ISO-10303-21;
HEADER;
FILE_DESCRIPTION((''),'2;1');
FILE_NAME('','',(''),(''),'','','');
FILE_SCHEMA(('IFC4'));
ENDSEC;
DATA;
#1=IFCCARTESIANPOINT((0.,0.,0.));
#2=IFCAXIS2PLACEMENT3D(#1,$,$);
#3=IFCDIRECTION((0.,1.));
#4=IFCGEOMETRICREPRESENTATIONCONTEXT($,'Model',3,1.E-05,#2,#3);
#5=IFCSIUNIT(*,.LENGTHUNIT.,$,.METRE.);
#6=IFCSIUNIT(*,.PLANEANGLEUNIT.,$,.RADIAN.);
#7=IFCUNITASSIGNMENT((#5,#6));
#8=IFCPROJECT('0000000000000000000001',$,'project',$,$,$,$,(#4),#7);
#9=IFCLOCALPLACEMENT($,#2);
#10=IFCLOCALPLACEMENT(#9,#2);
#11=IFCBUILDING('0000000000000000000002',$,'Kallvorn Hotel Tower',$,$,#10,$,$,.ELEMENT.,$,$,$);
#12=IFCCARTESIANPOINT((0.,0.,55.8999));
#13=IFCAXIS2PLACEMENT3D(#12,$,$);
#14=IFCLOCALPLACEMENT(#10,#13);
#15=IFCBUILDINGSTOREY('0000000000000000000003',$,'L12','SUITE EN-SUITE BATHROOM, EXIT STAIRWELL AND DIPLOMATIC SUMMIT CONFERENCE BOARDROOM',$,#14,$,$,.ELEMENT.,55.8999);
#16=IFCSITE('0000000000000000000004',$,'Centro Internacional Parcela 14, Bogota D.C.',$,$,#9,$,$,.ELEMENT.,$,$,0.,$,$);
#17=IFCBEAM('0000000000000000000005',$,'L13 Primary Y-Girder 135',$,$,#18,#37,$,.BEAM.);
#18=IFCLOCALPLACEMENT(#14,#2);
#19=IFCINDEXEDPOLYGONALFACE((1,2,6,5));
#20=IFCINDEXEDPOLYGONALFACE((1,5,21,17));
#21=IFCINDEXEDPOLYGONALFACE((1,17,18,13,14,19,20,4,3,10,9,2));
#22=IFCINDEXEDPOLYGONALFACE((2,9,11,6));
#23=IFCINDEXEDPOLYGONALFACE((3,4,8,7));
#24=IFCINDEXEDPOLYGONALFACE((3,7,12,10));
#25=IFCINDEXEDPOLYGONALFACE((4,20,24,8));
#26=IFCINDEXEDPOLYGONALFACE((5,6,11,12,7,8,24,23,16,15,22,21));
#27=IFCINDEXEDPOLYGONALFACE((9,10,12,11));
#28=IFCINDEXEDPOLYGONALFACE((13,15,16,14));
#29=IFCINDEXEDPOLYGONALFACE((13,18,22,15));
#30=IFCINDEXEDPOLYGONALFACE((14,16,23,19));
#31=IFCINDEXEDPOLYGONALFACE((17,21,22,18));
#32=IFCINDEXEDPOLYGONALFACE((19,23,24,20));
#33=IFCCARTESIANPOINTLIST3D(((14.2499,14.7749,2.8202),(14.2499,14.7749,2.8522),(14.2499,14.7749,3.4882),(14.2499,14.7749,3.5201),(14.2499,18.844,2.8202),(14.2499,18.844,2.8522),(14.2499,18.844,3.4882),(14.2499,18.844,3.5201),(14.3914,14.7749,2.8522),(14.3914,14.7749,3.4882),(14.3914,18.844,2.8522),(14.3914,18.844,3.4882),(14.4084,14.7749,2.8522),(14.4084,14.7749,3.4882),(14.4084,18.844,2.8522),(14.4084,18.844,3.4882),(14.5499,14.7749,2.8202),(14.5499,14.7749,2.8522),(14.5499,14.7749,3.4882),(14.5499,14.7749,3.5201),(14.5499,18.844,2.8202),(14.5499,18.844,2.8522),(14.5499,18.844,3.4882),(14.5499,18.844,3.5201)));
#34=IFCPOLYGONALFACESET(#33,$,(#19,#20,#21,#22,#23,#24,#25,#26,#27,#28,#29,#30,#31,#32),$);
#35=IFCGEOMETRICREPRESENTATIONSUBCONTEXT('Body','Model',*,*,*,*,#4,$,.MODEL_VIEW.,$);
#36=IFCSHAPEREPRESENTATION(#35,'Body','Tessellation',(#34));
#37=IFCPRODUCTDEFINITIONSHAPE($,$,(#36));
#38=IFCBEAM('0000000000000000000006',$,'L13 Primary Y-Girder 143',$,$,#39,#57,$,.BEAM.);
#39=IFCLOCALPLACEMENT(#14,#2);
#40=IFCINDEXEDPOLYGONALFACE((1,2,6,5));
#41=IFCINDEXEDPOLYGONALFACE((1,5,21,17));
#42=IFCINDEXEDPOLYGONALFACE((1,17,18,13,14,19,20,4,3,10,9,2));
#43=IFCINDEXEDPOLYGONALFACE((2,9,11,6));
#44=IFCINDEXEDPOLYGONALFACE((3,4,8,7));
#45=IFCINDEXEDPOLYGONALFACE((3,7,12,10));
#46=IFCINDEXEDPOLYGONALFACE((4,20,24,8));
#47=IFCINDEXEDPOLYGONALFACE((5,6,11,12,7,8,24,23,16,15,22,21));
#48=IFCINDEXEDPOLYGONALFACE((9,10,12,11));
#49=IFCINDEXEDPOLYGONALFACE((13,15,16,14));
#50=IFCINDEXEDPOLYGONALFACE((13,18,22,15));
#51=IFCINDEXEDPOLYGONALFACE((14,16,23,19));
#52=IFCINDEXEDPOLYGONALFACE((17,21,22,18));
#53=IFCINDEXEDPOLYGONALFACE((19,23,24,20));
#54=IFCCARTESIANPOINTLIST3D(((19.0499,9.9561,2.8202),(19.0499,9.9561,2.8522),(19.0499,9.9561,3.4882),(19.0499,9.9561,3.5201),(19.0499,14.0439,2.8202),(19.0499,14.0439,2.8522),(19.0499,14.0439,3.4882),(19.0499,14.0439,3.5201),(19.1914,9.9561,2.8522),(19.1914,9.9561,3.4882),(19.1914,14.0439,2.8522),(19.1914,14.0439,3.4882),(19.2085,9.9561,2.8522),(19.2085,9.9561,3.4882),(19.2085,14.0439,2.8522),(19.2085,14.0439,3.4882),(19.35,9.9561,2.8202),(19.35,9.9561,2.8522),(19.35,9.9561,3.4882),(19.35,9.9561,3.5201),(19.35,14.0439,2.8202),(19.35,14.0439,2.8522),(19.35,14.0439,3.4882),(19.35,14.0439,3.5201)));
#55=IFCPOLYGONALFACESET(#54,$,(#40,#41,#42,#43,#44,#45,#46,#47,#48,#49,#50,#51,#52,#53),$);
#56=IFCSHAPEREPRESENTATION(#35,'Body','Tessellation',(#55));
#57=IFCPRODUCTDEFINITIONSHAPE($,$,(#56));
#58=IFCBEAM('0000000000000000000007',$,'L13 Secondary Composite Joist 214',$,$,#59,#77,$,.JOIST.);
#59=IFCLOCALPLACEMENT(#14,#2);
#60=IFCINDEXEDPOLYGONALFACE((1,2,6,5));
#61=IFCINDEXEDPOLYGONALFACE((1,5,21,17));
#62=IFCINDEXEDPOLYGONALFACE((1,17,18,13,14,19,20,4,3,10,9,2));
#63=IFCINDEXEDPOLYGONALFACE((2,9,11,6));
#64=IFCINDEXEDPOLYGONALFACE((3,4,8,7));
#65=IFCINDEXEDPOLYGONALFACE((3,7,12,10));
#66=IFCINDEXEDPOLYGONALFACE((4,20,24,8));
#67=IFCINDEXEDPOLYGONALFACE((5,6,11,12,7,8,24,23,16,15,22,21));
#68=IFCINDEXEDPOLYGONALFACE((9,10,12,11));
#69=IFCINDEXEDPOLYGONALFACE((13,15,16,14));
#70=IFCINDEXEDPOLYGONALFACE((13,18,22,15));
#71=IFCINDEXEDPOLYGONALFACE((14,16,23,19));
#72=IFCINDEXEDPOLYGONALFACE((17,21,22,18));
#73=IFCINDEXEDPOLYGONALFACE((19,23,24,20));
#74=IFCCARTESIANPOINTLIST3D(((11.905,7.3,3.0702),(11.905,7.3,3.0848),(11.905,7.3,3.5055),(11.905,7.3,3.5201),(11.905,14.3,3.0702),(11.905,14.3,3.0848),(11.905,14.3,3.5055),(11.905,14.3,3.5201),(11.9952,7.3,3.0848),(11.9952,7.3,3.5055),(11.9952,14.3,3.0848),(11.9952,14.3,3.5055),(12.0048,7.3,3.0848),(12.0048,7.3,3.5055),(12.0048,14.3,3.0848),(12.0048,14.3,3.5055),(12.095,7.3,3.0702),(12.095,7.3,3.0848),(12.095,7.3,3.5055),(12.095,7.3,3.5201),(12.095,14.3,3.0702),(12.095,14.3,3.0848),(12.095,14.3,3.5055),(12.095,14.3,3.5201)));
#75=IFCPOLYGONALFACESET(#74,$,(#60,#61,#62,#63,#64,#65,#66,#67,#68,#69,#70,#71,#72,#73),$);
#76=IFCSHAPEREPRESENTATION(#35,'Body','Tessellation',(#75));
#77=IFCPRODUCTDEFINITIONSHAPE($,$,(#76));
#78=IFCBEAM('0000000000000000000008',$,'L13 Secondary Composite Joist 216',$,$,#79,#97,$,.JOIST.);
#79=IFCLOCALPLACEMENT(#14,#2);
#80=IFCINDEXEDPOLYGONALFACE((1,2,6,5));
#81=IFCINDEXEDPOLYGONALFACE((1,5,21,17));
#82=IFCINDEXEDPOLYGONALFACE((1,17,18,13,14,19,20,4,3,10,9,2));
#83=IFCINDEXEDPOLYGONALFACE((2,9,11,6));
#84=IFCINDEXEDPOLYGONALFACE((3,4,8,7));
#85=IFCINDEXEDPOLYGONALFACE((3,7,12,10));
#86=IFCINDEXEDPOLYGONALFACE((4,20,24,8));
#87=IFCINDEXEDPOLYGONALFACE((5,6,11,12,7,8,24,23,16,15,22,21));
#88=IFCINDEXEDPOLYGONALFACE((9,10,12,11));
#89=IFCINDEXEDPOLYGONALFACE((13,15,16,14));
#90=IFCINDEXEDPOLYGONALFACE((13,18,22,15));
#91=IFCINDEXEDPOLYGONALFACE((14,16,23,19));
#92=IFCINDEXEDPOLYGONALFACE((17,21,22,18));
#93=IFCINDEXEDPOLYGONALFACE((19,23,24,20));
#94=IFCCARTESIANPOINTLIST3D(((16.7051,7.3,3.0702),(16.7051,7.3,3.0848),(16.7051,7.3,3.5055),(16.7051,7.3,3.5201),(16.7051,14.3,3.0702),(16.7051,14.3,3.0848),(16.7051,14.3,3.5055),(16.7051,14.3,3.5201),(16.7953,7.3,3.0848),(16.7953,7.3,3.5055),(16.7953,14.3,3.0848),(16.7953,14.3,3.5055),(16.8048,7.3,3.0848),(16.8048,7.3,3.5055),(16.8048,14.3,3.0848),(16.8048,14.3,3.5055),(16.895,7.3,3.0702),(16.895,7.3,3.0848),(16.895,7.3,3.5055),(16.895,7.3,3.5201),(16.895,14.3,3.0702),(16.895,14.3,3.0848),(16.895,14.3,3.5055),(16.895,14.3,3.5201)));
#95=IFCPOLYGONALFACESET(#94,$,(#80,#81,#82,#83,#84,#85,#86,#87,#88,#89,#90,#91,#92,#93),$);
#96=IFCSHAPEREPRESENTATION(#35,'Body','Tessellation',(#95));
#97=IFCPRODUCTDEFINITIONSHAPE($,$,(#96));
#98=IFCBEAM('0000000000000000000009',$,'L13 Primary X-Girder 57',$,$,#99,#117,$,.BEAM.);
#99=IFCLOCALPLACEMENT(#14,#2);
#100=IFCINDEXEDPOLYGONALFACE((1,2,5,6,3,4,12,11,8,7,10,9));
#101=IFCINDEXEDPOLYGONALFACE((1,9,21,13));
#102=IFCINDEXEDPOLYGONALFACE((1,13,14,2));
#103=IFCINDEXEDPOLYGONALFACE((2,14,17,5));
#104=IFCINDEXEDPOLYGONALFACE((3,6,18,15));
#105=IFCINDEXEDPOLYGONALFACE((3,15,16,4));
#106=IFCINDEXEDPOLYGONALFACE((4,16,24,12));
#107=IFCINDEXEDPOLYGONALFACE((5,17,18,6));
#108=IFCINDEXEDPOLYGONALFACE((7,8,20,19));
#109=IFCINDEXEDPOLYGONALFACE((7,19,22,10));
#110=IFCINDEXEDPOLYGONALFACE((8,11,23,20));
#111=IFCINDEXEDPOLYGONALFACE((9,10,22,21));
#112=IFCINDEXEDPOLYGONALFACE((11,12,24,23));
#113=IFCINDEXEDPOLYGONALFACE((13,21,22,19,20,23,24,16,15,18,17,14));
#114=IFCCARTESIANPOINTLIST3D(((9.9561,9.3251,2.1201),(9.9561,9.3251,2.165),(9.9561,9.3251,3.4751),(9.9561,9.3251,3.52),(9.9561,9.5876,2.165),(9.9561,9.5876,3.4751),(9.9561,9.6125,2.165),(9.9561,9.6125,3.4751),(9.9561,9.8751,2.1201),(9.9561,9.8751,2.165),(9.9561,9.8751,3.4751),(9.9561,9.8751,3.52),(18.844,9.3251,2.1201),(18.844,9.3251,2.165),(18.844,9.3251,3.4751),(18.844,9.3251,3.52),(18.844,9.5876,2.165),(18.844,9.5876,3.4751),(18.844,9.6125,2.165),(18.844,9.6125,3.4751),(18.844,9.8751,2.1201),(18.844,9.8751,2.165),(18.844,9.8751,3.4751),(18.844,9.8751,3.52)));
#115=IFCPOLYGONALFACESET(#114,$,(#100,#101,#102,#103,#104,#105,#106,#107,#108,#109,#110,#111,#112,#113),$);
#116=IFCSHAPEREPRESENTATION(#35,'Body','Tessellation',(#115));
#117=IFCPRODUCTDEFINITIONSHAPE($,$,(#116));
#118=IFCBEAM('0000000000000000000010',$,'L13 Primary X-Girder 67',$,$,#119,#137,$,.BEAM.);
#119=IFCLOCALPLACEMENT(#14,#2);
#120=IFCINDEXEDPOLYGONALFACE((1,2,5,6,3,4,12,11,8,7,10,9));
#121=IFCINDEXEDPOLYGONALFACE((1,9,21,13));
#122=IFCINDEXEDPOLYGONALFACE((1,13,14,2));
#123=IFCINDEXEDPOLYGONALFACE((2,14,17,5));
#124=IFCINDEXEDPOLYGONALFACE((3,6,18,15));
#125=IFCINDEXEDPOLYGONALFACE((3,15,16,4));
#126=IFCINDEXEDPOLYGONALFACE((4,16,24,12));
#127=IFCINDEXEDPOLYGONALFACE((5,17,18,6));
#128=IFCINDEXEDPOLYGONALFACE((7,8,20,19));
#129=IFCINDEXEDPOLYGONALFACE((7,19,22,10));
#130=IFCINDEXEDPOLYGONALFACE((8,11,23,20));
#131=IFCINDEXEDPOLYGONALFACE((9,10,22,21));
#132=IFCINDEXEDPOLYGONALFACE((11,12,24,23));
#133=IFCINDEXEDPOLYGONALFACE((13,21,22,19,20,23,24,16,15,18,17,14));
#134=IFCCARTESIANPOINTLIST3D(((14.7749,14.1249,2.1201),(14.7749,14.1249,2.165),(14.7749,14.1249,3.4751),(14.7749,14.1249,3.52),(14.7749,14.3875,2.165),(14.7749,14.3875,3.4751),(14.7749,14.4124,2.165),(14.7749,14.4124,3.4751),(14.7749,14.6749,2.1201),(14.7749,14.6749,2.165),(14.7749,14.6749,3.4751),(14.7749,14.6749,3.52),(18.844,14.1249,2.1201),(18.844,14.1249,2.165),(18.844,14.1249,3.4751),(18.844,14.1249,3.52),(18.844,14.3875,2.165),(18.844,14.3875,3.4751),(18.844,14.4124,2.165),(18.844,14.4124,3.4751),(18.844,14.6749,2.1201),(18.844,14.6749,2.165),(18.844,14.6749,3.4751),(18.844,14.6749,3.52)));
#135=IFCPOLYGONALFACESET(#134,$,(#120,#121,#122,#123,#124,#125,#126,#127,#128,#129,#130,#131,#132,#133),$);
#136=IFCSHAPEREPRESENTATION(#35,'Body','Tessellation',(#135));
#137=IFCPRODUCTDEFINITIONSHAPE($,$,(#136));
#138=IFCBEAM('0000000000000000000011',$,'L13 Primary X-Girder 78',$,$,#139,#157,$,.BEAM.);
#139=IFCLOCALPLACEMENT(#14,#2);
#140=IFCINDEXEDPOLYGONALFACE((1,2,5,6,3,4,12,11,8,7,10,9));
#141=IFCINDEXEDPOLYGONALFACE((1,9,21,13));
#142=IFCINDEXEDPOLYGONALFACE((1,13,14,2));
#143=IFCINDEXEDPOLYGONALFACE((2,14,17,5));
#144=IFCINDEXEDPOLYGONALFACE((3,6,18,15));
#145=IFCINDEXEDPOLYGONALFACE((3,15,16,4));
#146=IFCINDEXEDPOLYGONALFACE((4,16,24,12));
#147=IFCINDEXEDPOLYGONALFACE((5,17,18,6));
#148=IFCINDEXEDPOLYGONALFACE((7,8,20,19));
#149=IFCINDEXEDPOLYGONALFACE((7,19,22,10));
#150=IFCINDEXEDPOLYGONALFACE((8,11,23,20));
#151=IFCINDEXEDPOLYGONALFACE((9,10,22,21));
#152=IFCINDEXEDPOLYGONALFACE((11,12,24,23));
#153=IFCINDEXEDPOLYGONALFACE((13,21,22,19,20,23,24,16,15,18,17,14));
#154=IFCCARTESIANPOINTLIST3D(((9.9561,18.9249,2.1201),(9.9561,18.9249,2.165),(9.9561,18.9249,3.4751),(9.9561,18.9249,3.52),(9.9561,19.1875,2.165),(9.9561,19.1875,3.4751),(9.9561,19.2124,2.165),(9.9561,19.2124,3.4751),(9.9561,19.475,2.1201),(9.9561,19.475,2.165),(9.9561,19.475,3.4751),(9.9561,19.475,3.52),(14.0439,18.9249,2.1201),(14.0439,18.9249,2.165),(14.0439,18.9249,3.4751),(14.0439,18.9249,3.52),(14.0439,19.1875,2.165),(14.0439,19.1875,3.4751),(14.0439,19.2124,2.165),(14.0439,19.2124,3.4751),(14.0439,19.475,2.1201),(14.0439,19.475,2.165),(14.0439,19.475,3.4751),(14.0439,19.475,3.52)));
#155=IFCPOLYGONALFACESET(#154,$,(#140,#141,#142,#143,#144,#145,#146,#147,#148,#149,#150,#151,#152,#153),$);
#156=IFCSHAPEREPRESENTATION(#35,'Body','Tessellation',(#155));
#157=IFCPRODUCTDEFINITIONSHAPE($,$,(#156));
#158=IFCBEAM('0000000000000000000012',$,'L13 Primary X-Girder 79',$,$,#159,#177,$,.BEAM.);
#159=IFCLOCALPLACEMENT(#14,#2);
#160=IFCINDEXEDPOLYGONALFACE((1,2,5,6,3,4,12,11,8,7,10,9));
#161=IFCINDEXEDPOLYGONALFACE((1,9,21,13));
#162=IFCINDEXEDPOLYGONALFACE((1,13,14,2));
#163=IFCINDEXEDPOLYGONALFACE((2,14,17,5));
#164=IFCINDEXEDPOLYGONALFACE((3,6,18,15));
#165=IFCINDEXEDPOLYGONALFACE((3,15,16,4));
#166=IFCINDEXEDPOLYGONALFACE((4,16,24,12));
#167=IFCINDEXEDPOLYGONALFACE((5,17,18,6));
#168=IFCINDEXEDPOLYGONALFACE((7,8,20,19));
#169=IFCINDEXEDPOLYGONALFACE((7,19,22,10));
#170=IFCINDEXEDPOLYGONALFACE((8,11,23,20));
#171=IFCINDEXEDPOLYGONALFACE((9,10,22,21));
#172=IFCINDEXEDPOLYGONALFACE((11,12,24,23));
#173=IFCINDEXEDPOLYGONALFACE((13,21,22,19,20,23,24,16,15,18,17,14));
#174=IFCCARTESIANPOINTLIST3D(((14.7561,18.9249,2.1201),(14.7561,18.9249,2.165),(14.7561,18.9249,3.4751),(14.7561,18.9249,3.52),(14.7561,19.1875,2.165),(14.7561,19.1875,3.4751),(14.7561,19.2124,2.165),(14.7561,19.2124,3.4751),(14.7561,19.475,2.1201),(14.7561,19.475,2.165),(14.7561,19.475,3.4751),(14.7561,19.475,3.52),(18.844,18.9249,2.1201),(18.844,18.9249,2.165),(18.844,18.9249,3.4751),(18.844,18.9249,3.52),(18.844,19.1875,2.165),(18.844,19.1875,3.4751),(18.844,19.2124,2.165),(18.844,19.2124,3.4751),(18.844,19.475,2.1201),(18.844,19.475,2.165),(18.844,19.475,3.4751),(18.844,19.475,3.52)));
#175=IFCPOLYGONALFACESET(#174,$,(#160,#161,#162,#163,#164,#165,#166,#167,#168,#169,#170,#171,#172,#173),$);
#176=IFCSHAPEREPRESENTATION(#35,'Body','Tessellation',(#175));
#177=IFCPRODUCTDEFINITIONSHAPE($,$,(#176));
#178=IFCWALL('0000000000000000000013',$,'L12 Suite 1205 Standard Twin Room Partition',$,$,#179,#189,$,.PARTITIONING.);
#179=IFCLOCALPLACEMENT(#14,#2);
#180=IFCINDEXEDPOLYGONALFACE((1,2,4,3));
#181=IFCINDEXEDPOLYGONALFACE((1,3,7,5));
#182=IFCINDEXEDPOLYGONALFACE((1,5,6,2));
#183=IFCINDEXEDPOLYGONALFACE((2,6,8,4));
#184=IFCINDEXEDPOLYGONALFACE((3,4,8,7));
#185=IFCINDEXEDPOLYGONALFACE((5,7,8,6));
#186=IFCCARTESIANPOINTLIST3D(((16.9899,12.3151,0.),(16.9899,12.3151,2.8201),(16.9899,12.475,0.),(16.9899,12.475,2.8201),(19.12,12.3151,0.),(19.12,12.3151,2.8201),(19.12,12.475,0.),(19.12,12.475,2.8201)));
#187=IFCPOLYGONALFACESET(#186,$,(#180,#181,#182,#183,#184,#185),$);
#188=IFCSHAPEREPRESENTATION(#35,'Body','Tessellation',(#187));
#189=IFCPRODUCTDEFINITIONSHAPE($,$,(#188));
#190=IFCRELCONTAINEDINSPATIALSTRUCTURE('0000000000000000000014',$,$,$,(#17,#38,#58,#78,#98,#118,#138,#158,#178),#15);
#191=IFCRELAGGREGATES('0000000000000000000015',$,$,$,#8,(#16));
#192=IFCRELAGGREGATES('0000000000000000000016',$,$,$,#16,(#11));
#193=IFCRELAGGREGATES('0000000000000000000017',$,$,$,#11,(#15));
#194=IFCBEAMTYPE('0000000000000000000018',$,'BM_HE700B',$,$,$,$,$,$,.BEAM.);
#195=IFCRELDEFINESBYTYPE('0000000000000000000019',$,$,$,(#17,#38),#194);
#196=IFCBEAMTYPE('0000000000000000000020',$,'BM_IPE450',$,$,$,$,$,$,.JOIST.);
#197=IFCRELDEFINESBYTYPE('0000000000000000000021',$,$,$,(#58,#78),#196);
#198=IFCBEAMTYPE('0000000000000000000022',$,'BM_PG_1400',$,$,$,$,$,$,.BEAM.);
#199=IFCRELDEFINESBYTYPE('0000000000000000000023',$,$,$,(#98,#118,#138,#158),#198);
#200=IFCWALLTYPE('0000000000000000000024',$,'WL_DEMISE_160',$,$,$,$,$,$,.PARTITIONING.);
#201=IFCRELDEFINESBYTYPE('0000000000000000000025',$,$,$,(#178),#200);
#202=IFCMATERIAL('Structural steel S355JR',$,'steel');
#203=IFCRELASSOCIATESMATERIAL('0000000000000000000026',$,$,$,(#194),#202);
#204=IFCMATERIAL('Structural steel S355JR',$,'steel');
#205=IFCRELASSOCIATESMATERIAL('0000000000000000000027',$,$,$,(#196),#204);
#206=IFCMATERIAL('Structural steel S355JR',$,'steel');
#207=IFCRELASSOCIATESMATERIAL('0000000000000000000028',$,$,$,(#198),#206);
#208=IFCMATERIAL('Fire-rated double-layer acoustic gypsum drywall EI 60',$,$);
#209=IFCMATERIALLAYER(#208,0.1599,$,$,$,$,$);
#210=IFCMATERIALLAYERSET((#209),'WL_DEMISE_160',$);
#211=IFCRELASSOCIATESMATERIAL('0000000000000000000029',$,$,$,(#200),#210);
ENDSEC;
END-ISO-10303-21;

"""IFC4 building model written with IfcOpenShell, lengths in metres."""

from ifc_helpers import new_model, si_unit, direction, frame, frame_2d, origin, origin_2d, place, context, subcontext, project, spatial, rectangle, i_section, extrude, material, layer, layer_set, material_profile, profile_set, type_object, element, save


model = new_model("IFC4")

# Units and contexts
model_context = context("Model", 3, precision=1e-05, world=origin(), true_north=direction((0.0, 1.0)))
body_context = subcontext(model_context, "Body", "Model", "MODEL_VIEW")
ifc_project = project(units=[si_unit("LENGTHUNIT", "METRE"), si_unit("PLANEANGLEUNIT", "RADIAN")], contexts=[model_context])

# Site, building, storey
site_placement = place(None, origin())
site = spatial("IfcSite", under=ifc_project, at=site_placement, Name="Centro Internacional Parcela 14, Bogota D.C.", CompositionType="ELEMENT", RefElevation=0.0)
building_placement = place(site_placement, origin())
building = spatial("IfcBuilding", under=site, at=building_placement, Name="Kallvorn Hotel Tower", CompositionType="ELEMENT")
storey_placement = place(building_placement, frame((0.0, 0.0, 55.8999)))
storey = spatial("IfcBuildingStorey", under=building, at=storey_placement, Name="L12", Description="SUITE EN-SUITE BATHROOM, EXIT STAIRWELL AND DIPLOMATIC SUMMIT CONFERENCE BOARDROOM", CompositionType="ELEMENT", Elevation=55.8999)

# Beams
ifc_material_1 = material(Name="Structural steel S355JR", Category="steel")
ifc_material_profile_1 = material_profile(ifc_material_1, i_section(OverallWidth=0.3, OverallDepth=0.7, WebThickness=0.0171, FlangeThickness=0.032, at=origin_2d()), Name="HE 700 B")
ifc_profile_set_1 = profile_set([ifc_material_profile_1], Name="Structural steel S355JR")
beam_type_1 = type_object("IfcBeamType", Name="BM_HE700B", PredefinedType="BEAM", material=ifc_profile_set_1)
beam_1_placement = place(storey_placement, frame((14.3999, 14.7749, 3.1702), z_axis=(0.0, 1.0, 0.0), x_axis=(-1.0, 0.0, 0.0)))
element("IfcBeam", 1, at=beam_1_placement, inside=storey, type_object=beam_type_1, Name="L13 Primary Y-Girder 135", PredefinedType="BEAM", context=body_context, shape_type="SweptSolid", body=[
    extrude(i_section(OverallWidth=0.3, OverallDepth=0.7, WebThickness=0.0171, FlangeThickness=0.032, at=origin_2d()), origin(), (0.0, 0.0, 1.0), 4.0691),
])
beam_2_placement = place(storey_placement, frame((19.2, 9.9561, 3.1702), z_axis=(0.0, 1.0, 0.0), x_axis=(-1.0, 0.0, 0.0)))
element("IfcBeam", 2, at=beam_2_placement, inside=storey, type_object=beam_type_1, Name="L13 Primary Y-Girder 143", PredefinedType="BEAM", context=body_context, shape_type="SweptSolid", body=[
    extrude(i_section(OverallWidth=0.3, OverallDepth=0.7, WebThickness=0.0171, FlangeThickness=0.032, at=origin_2d()), origin(), (0.0, 0.0, 1.0), 4.0879),
])
ifc_material_2 = material(Name="Structural steel S355JR", Category="steel")
ifc_material_profile_2 = material_profile(ifc_material_2, i_section(OverallWidth=0.1899, OverallDepth=0.45, WebThickness=0.0095, FlangeThickness=0.0146, at=origin_2d()), Name="IPE 450")
ifc_profile_set_2 = profile_set([ifc_material_profile_2], Name="Structural steel S355JR")
beam_type_2 = type_object("IfcBeamType", Name="BM_IPE450", PredefinedType="JOIST", material=ifc_profile_set_2)
for number, where, z_axis, x_axis, name in (
    (3, (12.0, 7.3, 3.2952), (0.0, 1.0, 0.0), (-1.0, 0.0, 0.0), "L13 Secondary Composite Joist 214"),
    (4, (16.8, 7.3, 3.2952), (0.0, 1.0, 0.0), (-1.0, 0.0, 0.0), "L13 Secondary Composite Joist 216"),
):
    element("IfcBeam", number, at=place(storey_placement, frame(where, z_axis=z_axis, x_axis=x_axis)), inside=storey, type_object=beam_type_2, Name=name, PredefinedType="JOIST", context=body_context, shape_type="SweptSolid", body=[
        extrude(i_section(OverallWidth=0.1899, OverallDepth=0.45, WebThickness=0.0095, FlangeThickness=0.0146, at=origin_2d()), origin(), (0.0, 0.0, 1.0), 7.0),
    ])
ifc_material_3 = material(Name="Structural steel S355JR", Category="steel")
ifc_material_profile_3 = material_profile(ifc_material_3, i_section(OverallWidth=0.55, OverallDepth=1.3999, WebThickness=0.0249, FlangeThickness=0.0449, at=origin_2d()), Name="PG 1400x550x25x45")
ifc_profile_set_3 = profile_set([ifc_material_profile_3], Name="Structural steel S355JR")
beam_type_3 = type_object("IfcBeamType", Name="BM_PG_1400", PredefinedType="BEAM", material=ifc_profile_set_3)
beam_3_placement = place(storey_placement, frame((9.9561, 9.6001, 2.8201), z_axis=(1.0, 0.0, 0.0), x_axis=(0.0, 1.0, 0.0)))
element("IfcBeam", 5, at=beam_3_placement, inside=storey, type_object=beam_type_3, Name="L13 Primary X-Girder 57", PredefinedType="BEAM", context=body_context, shape_type="SweptSolid", body=[
    extrude(i_section(OverallWidth=0.55, OverallDepth=1.3999, WebThickness=0.0249, FlangeThickness=0.0449, at=origin_2d()), origin(), (0.0, 0.0, 1.0), 8.8879),
])
beam_4_placement = place(storey_placement, frame((14.7749, 14.3999, 2.8201), z_axis=(1.0, 0.0, 0.0), x_axis=(0.0, 1.0, 0.0)))
element("IfcBeam", 6, at=beam_4_placement, inside=storey, type_object=beam_type_3, Name="L13 Primary X-Girder 67", PredefinedType="BEAM", context=body_context, shape_type="SweptSolid", body=[
    extrude(i_section(OverallWidth=0.55, OverallDepth=1.3999, WebThickness=0.0249, FlangeThickness=0.0449, at=origin_2d()), origin(), (0.0, 0.0, 1.0), 4.0691),
])
for number, where, z_axis, x_axis, name in (
    (7, (9.9561, 19.2, 2.8201), (1.0, 0.0, 0.0), (0.0, 1.0, 0.0), "L13 Primary X-Girder 78"),
    (8, (14.7561, 19.2, 2.8201), (1.0, 0.0, 0.0), (0.0, 1.0, 0.0), "L13 Primary X-Girder 79"),
):
    element("IfcBeam", number, at=place(storey_placement, frame(where, z_axis=z_axis, x_axis=x_axis)), inside=storey, type_object=beam_type_3, Name=name, PredefinedType="BEAM", context=body_context, shape_type="SweptSolid", body=[
        extrude(i_section(OverallWidth=0.55, OverallDepth=1.3999, WebThickness=0.0249, FlangeThickness=0.0449, at=origin_2d()), origin(), (0.0, 0.0, 1.0), 4.0879),
    ])

# Wall
ifc_material_4 = material(Name="Fire-rated double-layer acoustic gypsum drywall EI 60")
ifc_layer = layer(ifc_material_4, 0.1599)
ifc_layer_set = layer_set([ifc_layer], Name="WL_DEMISE_160")
wall_type = type_object("IfcWallType", Name="WL_DEMISE_160", PredefinedType="PARTITIONING", material=ifc_layer_set)
wall_1_placement = place(storey_placement, frame((16.99, 12.395, 0.0), z_axis=(0.0, 0.0, 1.0), x_axis=(1.0, 0.0, 0.0)))
element("IfcWall", 9, at=wall_1_placement, inside=storey, type_object=wall_type, Name="L12 Suite 1205 Standard Twin Room Partition", PredefinedType="PARTITIONING", context=body_context, shape_type="SweptSolid", body=[
    extrude(rectangle(XDim=2.1301, YDim=0.1599, at=frame_2d((1.0649, 0.0))), origin(), (0.0, 0.0, 1.0), 2.8201),
])

save(model, "model.ifc")
